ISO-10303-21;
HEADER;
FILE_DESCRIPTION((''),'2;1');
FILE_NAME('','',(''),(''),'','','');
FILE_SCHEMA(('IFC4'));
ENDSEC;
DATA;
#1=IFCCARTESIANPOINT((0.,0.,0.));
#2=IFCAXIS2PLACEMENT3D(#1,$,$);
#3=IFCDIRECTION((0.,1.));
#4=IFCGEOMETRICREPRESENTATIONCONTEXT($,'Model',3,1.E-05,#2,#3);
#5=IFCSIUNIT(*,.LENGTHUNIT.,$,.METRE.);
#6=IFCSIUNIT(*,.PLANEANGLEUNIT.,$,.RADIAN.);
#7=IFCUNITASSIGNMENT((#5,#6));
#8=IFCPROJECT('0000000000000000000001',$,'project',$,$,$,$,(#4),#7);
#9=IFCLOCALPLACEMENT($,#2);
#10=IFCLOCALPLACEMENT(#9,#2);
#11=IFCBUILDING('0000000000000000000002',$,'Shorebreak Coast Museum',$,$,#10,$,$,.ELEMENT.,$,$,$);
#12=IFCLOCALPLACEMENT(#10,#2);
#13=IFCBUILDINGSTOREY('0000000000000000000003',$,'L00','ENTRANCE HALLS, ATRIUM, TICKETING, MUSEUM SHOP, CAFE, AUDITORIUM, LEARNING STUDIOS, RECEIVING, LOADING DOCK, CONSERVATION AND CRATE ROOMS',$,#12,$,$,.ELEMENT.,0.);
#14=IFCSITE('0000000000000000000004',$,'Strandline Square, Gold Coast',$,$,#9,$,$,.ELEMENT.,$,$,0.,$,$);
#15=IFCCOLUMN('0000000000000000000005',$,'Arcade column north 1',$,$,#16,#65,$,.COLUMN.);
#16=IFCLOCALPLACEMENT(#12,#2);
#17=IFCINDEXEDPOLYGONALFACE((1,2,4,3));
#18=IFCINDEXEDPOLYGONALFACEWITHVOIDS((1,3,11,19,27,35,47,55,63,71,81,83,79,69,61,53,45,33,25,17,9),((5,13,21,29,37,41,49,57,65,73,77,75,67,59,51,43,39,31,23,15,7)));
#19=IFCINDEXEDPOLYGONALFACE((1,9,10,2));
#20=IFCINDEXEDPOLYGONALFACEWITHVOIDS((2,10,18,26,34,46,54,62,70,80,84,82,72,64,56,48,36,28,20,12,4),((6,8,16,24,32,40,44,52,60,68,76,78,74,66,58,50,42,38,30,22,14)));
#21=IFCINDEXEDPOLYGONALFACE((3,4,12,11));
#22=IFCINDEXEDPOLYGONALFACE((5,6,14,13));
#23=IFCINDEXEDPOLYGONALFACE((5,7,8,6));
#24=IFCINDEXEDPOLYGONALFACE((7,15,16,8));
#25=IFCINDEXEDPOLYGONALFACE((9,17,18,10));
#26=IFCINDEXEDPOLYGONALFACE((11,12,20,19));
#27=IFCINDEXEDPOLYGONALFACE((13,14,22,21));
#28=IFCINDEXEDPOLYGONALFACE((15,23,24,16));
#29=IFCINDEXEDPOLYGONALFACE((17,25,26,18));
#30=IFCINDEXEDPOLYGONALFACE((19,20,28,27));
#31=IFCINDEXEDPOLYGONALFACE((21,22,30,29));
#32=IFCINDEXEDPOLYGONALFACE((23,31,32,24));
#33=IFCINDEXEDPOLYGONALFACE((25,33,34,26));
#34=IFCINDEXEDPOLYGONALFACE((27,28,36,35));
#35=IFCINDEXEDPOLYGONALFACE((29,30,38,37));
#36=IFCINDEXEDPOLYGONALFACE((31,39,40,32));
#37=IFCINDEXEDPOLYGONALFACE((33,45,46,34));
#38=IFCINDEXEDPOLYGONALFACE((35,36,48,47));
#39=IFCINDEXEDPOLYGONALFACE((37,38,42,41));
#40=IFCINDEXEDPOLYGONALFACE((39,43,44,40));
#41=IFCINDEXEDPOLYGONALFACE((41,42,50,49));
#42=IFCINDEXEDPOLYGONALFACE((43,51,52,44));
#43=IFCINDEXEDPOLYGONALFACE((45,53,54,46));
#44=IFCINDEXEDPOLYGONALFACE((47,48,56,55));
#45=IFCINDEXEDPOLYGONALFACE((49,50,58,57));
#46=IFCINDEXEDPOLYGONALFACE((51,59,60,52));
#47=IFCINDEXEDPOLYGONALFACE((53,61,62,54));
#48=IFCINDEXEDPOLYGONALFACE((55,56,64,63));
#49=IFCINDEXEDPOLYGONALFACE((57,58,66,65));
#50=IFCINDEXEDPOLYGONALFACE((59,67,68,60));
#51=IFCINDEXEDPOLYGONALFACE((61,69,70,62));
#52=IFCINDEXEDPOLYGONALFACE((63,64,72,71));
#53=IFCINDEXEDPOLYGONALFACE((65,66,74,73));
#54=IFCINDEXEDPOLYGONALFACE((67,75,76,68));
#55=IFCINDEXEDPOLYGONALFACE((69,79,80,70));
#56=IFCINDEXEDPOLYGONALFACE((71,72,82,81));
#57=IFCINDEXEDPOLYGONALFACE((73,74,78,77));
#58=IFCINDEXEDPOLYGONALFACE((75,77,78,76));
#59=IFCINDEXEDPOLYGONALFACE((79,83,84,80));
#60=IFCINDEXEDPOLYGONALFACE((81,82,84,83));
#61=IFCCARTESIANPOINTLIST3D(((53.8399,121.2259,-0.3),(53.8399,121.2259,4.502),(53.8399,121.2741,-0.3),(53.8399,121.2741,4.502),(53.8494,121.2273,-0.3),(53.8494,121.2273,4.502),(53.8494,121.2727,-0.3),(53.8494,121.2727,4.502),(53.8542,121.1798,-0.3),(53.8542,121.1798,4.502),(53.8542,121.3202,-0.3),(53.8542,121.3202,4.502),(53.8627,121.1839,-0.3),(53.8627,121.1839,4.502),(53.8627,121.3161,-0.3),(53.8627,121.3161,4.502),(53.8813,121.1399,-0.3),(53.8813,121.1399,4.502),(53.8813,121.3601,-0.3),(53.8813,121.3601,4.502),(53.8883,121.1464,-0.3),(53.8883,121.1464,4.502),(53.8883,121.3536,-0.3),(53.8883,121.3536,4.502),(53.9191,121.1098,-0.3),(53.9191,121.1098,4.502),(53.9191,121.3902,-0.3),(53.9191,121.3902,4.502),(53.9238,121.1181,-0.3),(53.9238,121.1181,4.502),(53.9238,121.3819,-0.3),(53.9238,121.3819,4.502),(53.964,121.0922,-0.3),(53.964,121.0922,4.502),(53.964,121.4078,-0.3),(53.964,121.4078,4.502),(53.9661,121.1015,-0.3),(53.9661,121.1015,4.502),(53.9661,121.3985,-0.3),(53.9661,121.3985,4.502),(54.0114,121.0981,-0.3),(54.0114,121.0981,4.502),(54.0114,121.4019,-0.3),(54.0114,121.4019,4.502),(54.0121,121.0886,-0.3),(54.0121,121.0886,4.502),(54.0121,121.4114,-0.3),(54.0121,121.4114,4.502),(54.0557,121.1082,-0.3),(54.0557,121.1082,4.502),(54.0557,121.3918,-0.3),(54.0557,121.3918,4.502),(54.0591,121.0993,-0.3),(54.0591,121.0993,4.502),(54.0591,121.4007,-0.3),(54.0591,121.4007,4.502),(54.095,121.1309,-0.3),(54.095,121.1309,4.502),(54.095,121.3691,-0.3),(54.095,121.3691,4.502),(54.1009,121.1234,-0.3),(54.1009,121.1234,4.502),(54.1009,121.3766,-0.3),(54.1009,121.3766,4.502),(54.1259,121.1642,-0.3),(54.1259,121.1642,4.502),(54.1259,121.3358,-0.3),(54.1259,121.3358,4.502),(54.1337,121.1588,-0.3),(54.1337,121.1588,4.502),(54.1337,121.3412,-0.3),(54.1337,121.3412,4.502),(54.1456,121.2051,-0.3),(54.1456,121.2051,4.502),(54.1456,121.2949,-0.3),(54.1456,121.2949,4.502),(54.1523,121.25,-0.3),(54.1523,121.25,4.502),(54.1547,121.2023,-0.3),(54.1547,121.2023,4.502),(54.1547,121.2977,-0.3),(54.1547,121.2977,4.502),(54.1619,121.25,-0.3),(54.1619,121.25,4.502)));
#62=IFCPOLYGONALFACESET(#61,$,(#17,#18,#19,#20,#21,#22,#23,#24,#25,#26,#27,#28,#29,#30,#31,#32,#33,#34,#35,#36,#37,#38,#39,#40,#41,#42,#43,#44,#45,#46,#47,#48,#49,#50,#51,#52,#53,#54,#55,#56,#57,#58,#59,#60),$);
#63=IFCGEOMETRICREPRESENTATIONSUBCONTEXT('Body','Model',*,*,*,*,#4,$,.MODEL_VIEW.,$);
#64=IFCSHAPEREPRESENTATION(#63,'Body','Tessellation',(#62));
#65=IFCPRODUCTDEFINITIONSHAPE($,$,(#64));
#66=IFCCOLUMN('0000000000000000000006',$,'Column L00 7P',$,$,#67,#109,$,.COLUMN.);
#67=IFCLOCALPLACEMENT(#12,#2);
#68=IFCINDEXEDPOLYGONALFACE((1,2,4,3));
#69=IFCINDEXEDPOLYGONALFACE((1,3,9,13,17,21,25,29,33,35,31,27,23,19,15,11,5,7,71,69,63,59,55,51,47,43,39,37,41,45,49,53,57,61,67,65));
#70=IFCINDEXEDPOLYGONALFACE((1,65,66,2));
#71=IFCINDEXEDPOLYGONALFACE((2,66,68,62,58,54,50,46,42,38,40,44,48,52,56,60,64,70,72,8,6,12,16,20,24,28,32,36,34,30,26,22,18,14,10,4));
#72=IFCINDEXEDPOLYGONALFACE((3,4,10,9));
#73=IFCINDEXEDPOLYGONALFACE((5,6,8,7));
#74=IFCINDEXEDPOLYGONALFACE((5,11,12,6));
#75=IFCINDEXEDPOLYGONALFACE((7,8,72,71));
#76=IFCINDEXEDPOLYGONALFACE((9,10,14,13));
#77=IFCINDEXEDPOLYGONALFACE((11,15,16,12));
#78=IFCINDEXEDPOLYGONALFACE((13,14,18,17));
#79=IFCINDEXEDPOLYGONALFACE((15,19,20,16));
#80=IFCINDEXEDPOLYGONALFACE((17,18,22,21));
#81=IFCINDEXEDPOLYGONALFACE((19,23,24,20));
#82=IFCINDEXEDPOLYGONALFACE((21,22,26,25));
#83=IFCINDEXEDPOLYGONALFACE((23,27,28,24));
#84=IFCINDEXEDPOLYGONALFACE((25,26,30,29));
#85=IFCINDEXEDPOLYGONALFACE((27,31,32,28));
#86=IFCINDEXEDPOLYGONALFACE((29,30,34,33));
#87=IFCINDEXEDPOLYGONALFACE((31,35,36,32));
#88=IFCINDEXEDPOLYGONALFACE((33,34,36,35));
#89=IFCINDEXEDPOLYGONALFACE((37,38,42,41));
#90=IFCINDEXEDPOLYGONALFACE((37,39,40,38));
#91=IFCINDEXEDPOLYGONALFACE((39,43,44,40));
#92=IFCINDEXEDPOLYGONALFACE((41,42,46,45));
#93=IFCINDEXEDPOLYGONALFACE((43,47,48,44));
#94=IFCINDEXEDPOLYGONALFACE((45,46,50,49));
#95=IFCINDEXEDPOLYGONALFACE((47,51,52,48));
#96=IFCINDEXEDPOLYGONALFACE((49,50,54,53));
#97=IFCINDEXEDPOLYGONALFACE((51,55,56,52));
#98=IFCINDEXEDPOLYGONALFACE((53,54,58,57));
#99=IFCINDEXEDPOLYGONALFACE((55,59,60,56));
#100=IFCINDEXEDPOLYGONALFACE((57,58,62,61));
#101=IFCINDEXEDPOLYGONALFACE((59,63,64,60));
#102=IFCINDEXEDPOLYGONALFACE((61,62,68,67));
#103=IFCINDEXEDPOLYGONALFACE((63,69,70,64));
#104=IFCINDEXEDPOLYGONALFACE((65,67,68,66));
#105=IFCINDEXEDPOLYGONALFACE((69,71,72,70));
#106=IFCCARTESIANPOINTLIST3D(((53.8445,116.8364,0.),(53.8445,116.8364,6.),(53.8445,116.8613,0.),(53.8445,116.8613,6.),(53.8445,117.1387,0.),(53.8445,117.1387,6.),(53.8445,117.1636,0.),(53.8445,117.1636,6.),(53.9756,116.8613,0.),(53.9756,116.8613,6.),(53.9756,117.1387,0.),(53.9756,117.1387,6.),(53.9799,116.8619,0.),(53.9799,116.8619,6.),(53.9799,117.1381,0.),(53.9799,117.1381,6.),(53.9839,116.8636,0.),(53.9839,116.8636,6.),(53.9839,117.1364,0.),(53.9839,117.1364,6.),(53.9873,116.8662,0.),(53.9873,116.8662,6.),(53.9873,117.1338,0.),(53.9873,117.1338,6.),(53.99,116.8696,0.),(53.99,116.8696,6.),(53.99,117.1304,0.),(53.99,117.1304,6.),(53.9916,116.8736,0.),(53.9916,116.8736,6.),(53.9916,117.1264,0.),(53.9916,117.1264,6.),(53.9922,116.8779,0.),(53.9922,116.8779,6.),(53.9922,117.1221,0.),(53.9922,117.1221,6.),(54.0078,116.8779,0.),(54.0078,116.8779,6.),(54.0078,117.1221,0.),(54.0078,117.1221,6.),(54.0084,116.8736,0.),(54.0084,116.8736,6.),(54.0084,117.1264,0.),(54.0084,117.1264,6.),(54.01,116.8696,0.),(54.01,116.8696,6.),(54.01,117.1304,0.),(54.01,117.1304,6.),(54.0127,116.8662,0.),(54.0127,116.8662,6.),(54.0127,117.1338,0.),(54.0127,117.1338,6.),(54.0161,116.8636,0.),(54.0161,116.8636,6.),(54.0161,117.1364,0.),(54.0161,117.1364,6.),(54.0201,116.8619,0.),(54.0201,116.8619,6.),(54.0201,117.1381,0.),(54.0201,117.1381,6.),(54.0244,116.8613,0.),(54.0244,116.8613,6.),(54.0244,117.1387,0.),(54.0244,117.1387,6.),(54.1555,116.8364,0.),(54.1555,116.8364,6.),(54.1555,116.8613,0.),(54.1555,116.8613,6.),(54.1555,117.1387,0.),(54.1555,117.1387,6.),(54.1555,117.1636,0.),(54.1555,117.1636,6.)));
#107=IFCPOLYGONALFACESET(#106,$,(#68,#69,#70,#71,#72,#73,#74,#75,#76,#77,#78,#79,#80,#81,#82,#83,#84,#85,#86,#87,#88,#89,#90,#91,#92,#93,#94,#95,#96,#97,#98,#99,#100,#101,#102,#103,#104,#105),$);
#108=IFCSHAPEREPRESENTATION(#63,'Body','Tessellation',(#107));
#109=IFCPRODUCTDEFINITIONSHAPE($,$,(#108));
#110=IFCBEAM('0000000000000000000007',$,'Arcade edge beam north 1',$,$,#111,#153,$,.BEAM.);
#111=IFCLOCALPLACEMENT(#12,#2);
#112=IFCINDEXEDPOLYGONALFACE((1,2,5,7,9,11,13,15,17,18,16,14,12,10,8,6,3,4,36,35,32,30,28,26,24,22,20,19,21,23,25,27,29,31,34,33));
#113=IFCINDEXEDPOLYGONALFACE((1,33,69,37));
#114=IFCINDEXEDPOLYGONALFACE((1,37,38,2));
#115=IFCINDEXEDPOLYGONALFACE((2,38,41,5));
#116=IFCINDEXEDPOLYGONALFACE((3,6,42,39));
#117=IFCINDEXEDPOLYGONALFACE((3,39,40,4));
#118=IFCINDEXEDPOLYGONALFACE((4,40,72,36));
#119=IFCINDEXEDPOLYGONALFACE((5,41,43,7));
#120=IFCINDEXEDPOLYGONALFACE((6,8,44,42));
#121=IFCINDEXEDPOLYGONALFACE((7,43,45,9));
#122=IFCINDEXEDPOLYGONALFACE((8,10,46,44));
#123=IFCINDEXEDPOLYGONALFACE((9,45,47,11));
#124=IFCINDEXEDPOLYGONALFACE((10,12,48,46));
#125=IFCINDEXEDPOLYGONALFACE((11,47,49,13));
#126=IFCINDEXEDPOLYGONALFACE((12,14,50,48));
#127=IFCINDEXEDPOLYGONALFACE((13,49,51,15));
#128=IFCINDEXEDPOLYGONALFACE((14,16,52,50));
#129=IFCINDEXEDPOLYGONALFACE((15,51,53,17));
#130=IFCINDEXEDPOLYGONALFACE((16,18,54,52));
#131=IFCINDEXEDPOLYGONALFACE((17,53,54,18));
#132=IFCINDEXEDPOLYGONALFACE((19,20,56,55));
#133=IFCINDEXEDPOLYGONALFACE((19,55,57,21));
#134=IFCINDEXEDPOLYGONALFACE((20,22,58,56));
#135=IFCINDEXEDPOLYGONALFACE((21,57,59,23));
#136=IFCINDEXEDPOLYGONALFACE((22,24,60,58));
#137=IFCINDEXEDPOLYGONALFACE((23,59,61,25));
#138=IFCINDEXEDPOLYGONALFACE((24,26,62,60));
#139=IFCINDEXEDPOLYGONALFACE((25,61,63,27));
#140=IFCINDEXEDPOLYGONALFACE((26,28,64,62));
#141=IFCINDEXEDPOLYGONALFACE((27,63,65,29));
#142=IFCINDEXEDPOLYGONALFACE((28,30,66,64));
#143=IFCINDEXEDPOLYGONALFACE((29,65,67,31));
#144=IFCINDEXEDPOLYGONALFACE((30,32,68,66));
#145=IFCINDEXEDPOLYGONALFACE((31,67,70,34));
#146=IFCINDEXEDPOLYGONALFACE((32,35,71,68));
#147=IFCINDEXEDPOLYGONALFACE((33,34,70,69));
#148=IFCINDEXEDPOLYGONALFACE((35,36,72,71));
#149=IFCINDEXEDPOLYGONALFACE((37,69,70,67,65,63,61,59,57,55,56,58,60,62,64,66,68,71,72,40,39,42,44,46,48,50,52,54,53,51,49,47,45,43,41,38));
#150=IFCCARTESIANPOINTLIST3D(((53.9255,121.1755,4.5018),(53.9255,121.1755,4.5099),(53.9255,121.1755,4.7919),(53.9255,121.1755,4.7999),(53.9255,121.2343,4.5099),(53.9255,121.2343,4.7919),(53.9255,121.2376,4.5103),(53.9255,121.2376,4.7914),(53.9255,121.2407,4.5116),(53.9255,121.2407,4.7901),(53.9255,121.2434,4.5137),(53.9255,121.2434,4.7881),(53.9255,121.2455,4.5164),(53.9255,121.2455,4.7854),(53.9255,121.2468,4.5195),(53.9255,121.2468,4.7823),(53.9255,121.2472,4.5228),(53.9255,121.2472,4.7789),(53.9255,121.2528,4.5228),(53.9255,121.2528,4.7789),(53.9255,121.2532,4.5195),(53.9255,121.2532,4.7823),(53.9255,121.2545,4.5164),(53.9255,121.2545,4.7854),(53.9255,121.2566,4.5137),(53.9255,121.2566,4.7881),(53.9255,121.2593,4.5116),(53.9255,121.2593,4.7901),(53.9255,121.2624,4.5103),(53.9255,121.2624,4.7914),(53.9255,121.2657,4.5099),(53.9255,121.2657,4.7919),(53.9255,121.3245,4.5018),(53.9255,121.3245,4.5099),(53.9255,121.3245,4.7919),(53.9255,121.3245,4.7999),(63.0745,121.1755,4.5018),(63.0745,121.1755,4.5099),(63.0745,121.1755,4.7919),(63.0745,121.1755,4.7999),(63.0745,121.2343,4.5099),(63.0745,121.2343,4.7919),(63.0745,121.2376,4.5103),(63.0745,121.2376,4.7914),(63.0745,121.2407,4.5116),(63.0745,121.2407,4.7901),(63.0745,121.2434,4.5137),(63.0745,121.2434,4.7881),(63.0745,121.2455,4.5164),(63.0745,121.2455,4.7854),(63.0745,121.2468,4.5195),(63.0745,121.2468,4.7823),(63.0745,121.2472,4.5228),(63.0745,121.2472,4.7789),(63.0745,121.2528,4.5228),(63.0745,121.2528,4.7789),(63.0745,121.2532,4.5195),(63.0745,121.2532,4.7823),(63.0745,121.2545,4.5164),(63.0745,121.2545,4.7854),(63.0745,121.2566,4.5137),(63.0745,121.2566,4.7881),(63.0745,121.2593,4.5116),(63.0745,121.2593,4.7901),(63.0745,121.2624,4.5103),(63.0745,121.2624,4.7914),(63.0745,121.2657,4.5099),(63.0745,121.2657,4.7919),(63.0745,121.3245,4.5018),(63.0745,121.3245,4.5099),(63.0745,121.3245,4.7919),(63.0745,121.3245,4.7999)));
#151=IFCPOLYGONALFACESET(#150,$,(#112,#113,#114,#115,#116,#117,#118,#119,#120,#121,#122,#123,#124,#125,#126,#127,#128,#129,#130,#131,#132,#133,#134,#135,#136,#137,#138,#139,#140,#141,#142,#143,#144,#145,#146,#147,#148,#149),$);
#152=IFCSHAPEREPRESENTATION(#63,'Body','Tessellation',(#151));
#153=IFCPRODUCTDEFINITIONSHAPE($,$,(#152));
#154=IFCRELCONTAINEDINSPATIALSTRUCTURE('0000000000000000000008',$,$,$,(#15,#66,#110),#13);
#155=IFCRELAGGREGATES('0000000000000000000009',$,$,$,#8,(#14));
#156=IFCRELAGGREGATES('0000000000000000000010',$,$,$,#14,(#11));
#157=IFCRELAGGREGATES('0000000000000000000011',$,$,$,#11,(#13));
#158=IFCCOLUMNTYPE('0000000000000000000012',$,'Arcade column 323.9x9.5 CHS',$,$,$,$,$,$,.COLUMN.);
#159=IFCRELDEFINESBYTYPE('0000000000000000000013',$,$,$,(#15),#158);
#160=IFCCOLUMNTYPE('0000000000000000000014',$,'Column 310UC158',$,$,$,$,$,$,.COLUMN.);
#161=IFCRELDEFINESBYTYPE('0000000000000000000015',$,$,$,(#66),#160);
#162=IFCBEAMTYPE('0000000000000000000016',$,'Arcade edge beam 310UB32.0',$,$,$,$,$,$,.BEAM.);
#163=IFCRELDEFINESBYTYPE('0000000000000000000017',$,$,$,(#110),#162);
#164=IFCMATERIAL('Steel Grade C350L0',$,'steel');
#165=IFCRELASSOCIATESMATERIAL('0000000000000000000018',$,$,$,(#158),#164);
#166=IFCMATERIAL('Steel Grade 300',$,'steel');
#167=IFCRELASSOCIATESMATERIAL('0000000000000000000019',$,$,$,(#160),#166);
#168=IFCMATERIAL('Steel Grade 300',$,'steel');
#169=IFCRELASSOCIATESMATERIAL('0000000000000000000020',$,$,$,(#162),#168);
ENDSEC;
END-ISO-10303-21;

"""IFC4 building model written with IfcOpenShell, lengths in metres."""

from ifc_helpers import new_model, si_unit, direction, frame, origin, origin_2d, place, context, subcontext, project, spatial, hollow_circle, i_section, extrude, material, material_profile, profile_set, type_object, element, save


model = new_model("IFC4")

# Units and contexts
model_context = context("Model", 3, precision=1e-05, world=origin(), true_north=direction((0.0, 1.0)))
body_context = subcontext(model_context, "Body", "Model", "MODEL_VIEW")
ifc_project = project(units=[si_unit("LENGTHUNIT", "METRE"), si_unit("PLANEANGLEUNIT", "RADIAN")], contexts=[model_context])

# Site, building, storey
site_placement = place(None, origin())
site = spatial("IfcSite", under=ifc_project, at=site_placement, Name="Strandline Square, Gold Coast", CompositionType="ELEMENT", RefElevation=0.0)
building_placement = place(site_placement, origin())
building = spatial("IfcBuilding", under=site, at=building_placement, Name="Shorebreak Coast Museum", CompositionType="ELEMENT")
storey_placement = place(building_placement, origin())
storey = spatial("IfcBuildingStorey", under=building, at=storey_placement, Name="L00", Description="ENTRANCE HALLS, ATRIUM, TICKETING, MUSEUM SHOP, CAFE, AUDITORIUM, LEARNING STUDIOS, RECEIVING, LOADING DOCK, CONSERVATION AND CRATE ROOMS", CompositionType="ELEMENT", Elevation=0.0)

# Columns
ifc_material_1 = material(Name="Steel Grade C350L0", Category="steel")
ifc_material_profile_1 = material_profile(ifc_material_1, hollow_circle(Radius=0.1619, WallThickness=0.0095, at=origin_2d()), Name="323.9x9.5 CHS")
ifc_profile_set_1 = profile_set([ifc_material_profile_1], Name="Steel Grade C350L0")
column_type_1 = type_object("IfcColumnType", Name="Arcade column 323.9x9.5 CHS", PredefinedType="COLUMN", material=ifc_profile_set_1)
column_1_placement = place(storey_placement, frame((54.0, 121.25, -0.3), z_axis=(0.0, 0.0, 1.0), x_axis=(1.0, 0.0, 0.0)))
element("IfcColumn", 1, at=column_1_placement, inside=storey, type_object=column_type_1, Name="Arcade column north 1", PredefinedType="COLUMN", context=body_context, shape_type="SweptSolid", body=[
    extrude(hollow_circle(Radius=0.1619, WallThickness=0.0095, at=origin_2d()), origin(), (0.0, 0.0, 1.0), 4.802),
])
ifc_material_2 = material(Name="Steel Grade 300", Category="steel")
ifc_material_profile_2 = material_profile(ifc_material_2, i_section(OverallWidth=0.311, OverallDepth=0.3271, WebThickness=0.0156, FlangeThickness=0.0249, FilletRadius=0.0166, at=origin_2d()), Name="310UC158")
ifc_profile_set_2 = profile_set([ifc_material_profile_2], Name="Steel Grade 300")
column_type_2 = type_object("IfcColumnType", Name="Column 310UC158", PredefinedType="COLUMN", material=ifc_profile_set_2)
column_2_placement = place(storey_placement, frame((54.0, 117.0, 0.0), z_axis=(0.0, 0.0, 1.0), x_axis=(1.0, 0.0, 0.0)))
element("IfcColumn", 2, at=column_2_placement, inside=storey, type_object=column_type_2, Name="Column L00 7P", PredefinedType="COLUMN", context=body_context, shape_type="SweptSolid", body=[
    extrude(i_section(OverallWidth=0.311, OverallDepth=0.3271, WebThickness=0.0156, FlangeThickness=0.0249, FilletRadius=0.0166, at=origin_2d()), origin(), (0.0, 0.0, 1.0), 6.0),
])

# Beam
ifc_material_3 = material(Name="Steel Grade 300", Category="steel")
ifc_material_profile_3 = material_profile(ifc_material_3, i_section(OverallWidth=0.1489, OverallDepth=0.2981, WebThickness=0.0056, FlangeThickness=0.0081, FilletRadius=0.0129, at=origin_2d()), Name="310UB32.0")
ifc_profile_set_3 = profile_set([ifc_material_profile_3], Name="Steel Grade 300")
beam_type_1 = type_object("IfcBeamType", Name="Arcade edge beam 310UB32.0", PredefinedType="BEAM", material=ifc_profile_set_3)
beam_1_placement = place(storey_placement, frame((53.9255, 121.25, 4.6509), z_axis=(1.0, 0.0, 0.0), x_axis=(0.0, 1.0, 0.0)))
element("IfcBeam", 3, at=beam_1_placement, inside=storey, type_object=beam_type_1, Name="Arcade edge beam north 1", PredefinedType="BEAM", context=body_context, shape_type="SweptSolid", body=[
    extrude(i_section(OverallWidth=0.1489, OverallDepth=0.2981, WebThickness=0.0056, FlangeThickness=0.0081, FilletRadius=0.0129, at=origin_2d()), origin(), (0.0, 0.0, 1.0), 9.1489),
])

save(model, "model.ifc")
